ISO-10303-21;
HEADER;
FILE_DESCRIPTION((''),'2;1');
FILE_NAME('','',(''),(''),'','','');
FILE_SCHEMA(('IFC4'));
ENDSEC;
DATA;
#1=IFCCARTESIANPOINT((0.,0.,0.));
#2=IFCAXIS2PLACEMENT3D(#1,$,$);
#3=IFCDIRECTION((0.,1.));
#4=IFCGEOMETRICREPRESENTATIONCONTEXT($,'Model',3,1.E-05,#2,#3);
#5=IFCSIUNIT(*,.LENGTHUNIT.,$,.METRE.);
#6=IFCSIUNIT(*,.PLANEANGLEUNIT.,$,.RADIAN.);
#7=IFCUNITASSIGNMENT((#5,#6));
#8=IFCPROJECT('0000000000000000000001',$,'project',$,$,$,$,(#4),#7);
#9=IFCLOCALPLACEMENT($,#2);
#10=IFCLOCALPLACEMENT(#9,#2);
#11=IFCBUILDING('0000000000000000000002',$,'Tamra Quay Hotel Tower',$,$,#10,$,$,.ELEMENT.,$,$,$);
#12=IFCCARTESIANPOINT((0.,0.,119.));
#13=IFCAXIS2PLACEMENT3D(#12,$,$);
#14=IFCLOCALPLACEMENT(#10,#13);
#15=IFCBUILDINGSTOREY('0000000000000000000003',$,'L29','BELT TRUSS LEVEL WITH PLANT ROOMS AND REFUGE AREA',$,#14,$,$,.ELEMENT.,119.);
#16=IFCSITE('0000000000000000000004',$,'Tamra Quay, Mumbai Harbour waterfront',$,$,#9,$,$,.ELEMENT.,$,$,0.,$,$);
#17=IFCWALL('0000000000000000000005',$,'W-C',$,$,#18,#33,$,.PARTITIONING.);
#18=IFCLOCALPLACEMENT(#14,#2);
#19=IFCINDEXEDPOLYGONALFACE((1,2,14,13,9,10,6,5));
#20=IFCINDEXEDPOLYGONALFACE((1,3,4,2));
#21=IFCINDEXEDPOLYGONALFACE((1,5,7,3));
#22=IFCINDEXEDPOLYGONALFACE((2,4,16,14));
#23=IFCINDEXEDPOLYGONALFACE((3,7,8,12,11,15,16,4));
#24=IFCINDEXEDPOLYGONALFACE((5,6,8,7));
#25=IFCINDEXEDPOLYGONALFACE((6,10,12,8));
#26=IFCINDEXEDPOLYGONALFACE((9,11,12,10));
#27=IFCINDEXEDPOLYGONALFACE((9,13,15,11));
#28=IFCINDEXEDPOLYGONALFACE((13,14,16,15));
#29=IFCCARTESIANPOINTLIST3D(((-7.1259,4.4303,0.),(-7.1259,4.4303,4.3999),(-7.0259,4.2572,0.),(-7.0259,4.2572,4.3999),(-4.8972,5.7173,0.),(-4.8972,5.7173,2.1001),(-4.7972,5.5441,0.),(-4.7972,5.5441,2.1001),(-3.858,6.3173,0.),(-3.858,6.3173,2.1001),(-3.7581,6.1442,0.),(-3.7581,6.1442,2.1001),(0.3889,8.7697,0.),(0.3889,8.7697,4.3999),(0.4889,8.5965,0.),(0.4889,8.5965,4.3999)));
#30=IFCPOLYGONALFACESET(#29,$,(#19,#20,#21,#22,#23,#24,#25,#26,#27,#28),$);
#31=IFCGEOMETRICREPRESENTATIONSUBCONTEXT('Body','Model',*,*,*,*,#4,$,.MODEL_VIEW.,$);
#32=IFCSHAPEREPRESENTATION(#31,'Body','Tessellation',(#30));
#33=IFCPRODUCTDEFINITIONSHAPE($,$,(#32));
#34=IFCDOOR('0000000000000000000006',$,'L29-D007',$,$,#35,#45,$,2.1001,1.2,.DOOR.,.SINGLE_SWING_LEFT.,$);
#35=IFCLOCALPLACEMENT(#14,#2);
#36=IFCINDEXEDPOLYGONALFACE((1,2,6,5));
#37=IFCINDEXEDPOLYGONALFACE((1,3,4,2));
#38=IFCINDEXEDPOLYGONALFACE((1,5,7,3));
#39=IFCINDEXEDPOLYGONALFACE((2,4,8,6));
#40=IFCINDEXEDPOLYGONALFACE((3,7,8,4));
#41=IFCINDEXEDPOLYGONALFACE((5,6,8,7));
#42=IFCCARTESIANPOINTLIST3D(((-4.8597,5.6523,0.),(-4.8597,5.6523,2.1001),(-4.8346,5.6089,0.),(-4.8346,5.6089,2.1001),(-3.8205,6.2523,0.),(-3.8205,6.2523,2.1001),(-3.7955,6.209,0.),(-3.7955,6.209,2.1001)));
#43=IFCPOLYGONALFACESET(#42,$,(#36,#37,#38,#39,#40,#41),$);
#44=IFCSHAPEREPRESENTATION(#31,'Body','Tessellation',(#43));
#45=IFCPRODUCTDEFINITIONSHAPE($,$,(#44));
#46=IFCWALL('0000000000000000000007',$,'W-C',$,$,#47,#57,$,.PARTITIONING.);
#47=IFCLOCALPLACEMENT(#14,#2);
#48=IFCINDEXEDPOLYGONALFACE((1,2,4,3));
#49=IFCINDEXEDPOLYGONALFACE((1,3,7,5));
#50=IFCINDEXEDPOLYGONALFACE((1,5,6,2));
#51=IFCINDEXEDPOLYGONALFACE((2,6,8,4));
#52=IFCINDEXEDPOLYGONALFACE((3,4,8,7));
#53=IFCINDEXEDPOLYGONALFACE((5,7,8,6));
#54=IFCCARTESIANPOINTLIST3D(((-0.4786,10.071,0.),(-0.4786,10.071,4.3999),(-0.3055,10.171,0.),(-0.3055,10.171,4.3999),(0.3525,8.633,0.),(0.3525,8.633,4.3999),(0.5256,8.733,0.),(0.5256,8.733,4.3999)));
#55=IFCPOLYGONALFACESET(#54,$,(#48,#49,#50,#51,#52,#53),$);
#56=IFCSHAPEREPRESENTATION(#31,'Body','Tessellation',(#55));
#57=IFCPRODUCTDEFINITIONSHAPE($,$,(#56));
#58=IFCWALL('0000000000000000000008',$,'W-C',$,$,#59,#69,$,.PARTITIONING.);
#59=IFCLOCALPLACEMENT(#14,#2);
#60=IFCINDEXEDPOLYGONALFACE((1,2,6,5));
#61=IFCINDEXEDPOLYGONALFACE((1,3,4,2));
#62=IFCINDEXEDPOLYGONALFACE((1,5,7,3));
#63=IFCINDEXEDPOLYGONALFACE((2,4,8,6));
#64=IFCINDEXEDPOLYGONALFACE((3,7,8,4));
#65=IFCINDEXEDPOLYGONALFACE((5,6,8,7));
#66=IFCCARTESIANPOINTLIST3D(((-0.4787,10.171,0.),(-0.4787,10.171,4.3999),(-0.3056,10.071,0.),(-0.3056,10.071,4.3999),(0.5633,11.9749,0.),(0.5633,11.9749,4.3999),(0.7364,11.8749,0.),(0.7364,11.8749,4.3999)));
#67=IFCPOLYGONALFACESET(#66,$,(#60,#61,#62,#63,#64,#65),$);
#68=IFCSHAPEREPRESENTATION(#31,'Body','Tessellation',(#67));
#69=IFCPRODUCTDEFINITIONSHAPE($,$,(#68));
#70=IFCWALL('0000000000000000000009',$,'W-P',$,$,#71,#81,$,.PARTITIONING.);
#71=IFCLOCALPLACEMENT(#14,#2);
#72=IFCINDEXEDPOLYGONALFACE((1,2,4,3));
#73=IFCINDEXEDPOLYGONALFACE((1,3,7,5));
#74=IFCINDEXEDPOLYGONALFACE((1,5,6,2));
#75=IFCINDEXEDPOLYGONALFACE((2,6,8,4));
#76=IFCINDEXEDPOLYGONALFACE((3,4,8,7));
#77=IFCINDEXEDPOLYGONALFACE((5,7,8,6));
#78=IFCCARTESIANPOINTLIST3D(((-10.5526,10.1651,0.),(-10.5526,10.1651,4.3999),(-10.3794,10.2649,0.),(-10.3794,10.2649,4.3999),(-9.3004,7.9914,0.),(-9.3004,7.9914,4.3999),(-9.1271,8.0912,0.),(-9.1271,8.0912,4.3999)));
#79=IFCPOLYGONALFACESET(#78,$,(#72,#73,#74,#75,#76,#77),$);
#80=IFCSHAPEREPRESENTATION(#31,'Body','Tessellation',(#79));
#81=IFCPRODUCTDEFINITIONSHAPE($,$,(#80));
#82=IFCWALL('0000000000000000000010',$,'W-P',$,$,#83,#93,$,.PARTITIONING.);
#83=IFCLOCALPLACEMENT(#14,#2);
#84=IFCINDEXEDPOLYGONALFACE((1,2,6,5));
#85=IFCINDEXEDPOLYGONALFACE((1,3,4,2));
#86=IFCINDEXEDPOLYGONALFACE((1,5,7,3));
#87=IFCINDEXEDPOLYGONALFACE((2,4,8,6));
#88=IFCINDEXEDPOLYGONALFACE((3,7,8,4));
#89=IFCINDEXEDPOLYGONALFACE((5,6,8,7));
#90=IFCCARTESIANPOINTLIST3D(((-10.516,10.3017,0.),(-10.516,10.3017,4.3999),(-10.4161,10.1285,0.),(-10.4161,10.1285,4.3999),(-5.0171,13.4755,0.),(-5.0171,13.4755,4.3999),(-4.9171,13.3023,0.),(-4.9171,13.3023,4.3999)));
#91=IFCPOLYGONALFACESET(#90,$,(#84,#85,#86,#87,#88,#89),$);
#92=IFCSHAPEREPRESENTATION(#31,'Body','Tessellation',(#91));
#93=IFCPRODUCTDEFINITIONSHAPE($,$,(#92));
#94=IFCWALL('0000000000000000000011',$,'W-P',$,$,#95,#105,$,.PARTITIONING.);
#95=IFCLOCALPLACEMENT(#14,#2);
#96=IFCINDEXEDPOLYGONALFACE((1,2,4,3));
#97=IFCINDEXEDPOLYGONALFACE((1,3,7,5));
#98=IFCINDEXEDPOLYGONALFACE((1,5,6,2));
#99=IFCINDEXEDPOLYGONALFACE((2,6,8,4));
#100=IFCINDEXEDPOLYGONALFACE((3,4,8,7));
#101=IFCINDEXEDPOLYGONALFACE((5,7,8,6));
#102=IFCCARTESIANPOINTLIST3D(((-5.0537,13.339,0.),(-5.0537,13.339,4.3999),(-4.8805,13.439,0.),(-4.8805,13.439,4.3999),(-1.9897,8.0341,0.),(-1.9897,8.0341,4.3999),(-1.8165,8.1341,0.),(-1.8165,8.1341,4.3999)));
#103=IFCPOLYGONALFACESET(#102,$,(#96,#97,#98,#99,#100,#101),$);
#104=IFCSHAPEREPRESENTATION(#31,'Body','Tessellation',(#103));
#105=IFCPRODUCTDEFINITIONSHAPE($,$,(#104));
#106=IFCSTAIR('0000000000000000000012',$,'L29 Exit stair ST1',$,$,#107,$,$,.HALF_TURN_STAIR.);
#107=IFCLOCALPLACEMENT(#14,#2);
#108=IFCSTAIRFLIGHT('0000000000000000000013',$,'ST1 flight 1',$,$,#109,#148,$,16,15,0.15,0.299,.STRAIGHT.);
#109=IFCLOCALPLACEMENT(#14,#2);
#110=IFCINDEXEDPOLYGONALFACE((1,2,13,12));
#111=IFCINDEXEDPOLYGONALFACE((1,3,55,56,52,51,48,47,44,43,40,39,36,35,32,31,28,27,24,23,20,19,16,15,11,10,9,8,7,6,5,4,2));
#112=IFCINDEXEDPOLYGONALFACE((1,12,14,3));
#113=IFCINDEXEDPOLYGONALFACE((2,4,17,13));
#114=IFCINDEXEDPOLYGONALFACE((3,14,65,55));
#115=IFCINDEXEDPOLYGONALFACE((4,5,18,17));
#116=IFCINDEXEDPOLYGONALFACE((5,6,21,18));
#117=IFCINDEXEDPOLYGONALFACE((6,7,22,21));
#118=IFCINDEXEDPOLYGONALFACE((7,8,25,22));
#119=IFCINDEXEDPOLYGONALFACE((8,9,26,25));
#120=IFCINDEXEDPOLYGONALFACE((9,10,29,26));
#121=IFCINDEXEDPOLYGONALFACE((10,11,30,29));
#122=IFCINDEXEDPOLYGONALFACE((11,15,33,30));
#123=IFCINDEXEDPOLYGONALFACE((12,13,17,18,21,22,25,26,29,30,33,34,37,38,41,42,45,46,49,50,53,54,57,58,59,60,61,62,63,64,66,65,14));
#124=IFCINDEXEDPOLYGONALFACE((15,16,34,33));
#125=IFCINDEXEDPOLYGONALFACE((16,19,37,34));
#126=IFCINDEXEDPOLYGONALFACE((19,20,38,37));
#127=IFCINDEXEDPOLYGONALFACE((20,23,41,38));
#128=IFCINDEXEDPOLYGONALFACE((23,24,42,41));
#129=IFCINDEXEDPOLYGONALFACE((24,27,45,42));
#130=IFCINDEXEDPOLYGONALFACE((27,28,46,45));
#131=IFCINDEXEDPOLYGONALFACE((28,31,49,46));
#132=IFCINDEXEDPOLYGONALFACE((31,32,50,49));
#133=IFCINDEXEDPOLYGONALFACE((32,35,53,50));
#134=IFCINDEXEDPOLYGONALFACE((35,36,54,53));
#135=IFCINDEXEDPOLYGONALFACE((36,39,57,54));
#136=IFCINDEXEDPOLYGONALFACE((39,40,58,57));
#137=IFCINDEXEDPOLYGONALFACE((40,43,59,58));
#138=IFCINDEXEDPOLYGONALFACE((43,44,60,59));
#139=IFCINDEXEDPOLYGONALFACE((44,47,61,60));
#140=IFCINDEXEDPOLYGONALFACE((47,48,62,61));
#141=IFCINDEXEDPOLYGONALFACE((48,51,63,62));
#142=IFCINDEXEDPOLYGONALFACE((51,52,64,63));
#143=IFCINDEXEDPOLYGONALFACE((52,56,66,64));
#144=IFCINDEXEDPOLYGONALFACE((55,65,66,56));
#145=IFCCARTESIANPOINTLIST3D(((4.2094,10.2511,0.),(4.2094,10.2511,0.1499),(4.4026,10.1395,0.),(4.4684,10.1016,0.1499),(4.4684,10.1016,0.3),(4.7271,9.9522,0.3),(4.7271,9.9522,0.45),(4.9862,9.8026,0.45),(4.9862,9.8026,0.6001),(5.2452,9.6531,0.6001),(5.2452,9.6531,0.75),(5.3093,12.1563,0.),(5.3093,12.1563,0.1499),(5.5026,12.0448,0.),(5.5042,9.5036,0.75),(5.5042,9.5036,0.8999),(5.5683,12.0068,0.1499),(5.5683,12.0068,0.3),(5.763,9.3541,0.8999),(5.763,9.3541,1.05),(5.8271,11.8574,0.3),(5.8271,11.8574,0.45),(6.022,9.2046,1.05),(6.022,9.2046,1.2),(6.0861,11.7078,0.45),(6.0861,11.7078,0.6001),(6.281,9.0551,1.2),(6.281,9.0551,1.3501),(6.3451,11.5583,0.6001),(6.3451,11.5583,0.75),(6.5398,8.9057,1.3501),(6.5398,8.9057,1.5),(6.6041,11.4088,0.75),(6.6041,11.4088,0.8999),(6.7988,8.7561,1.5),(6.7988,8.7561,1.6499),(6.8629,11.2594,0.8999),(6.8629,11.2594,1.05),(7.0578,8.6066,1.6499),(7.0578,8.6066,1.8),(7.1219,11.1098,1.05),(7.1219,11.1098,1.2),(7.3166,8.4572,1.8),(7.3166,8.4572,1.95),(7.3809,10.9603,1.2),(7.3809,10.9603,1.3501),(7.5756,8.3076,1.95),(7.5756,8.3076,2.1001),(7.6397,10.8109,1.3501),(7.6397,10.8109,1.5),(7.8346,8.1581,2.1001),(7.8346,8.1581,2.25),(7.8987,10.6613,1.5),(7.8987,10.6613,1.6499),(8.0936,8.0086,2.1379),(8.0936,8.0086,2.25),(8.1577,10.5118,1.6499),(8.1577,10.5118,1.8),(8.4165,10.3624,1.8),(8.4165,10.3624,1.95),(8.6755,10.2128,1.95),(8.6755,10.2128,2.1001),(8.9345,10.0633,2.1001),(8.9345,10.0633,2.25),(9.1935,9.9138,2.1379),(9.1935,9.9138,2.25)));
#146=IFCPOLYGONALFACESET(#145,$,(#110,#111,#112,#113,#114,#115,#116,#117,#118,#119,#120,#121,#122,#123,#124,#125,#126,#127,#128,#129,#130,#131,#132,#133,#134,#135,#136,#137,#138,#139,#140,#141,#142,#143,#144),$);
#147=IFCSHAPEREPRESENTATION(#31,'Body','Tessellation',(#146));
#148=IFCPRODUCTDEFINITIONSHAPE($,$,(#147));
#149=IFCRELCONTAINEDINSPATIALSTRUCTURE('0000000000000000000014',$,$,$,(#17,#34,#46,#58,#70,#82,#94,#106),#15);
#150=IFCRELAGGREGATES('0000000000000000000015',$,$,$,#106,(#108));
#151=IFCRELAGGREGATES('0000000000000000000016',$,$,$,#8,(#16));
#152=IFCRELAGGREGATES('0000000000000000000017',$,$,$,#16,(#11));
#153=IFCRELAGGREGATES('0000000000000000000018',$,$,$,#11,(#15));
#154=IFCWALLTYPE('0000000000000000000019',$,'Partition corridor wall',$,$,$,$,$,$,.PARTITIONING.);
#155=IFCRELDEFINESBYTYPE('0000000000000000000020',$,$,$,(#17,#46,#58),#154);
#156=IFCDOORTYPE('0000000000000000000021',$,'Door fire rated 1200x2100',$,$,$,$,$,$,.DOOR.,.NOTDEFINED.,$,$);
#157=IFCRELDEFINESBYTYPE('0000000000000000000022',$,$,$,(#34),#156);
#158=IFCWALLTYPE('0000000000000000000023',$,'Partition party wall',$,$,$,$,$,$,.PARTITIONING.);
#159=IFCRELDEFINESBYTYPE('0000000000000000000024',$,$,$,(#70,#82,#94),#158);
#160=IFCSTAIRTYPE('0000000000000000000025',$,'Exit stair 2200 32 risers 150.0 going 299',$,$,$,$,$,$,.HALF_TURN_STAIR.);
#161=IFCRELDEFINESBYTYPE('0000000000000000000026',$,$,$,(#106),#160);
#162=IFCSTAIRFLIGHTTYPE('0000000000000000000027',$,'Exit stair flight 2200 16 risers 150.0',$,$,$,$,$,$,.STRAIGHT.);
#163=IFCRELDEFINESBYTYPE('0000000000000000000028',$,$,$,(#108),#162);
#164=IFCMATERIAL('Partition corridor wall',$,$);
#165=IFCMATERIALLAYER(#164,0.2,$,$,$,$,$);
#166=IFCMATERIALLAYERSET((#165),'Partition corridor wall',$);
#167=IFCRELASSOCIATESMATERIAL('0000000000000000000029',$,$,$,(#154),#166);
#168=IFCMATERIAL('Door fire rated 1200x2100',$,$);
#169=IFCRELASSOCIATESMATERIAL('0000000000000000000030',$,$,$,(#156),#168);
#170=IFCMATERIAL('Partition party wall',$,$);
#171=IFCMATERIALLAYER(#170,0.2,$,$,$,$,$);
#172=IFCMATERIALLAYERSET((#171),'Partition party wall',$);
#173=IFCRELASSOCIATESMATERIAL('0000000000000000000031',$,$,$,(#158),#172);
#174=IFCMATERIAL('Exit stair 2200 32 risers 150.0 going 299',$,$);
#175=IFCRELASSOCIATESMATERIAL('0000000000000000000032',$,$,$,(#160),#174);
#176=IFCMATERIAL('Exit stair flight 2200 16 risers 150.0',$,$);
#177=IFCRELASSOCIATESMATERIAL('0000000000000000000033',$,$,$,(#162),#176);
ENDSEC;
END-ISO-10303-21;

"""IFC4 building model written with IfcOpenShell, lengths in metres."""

from ifc_helpers import new_model, si_unit, direction, frame, frame_2d, origin, place, context, subcontext, project, spatial, polyline, rectangle, outline, extrude, material, layer, layer_set, type_object, element, fill, aggregate, save


model = new_model("IFC4")

# Units and contexts
model_context = context("Model", 3, precision=1e-05, world=origin(), true_north=direction((0.0, 1.0)))
body_context = subcontext(model_context, "Body", "Model", "MODEL_VIEW")
ifc_project = project(units=[si_unit("LENGTHUNIT", "METRE"), si_unit("PLANEANGLEUNIT", "RADIAN")], contexts=[model_context])

# Site, building, storey
site_placement = place(None, origin())
site = spatial("IfcSite", under=ifc_project, at=site_placement, Name="Tamra Quay, Mumbai Harbour waterfront", CompositionType="ELEMENT", RefElevation=0.0)
building_placement = place(site_placement, origin())
building = spatial("IfcBuilding", under=site, at=building_placement, Name="Tamra Quay Hotel Tower", CompositionType="ELEMENT")
storey_placement = place(building_placement, frame((0.0, 0.0, 119.0)))
storey = spatial("IfcBuildingStorey", under=building, at=storey_placement, Name="L29", Description="BELT TRUSS LEVEL WITH PLANT ROOMS AND REFUGE AREA", CompositionType="ELEMENT", Elevation=119.0)

# Shared definitions
ifc_material_1 = material(Name="Partition corridor wall")
ifc_layer_1 = layer(ifc_material_1, 0.2)
ifc_layer_set_1 = layer_set([ifc_layer_1], Name="Partition corridor wall")
wall_type_1 = type_object("IfcWallType", Name="Partition corridor wall", PredefinedType="PARTITIONING", material=ifc_layer_set_1)

# Wall, opening, door
wall_1_placement = place(storey_placement, frame((-7.0759, 4.3438, 0.0), z_axis=(0.0, 0.0, 1.0), x_axis=(0.865994, 0.500054, 0.0)))
wall_1 = element("IfcWall", 1, at=wall_1_placement, inside=storey, type_object=wall_type_1, Name="W-C", PredefinedType="PARTITIONING", context=body_context, shape_type="SweptSolid", body=[
    extrude(rectangle(XDim=8.6777, YDim=0.2, at=frame_2d((4.3389, 0.0))), origin(), (0.0, 0.0, 1.0), 4.3999),
])
opening_1_placement = place(wall_1_placement, frame((2.5735, 0.0, 0.0)))
opening_1 = element("IfcOpeningElement", 2, at=opening_1_placement, cuts=wall_1, PredefinedType="OPENING", context=body_context, shape_type="SweptSolid", body=[
    extrude(rectangle(XDim=1.2, YDim=2.1001, at=frame_2d((0.6001, 1.05))), frame((0.0, 0.1099, 0.0), z_axis=(0.0, -1.0, 0.0), x_axis=(1.0, 0.0, 0.0)), (0.0, 0.0, 1.0), 0.22),
])
ifc_material_2 = material(Name="Door fire rated 1200x2100")
door_type_1 = type_object("IfcDoorType", Name="Door fire rated 1200x2100", OperationType="NOTDEFINED", PredefinedType="DOOR", material=ifc_material_2)
door_1_placement = place(opening_1_placement, origin())
door_1 = element("IfcDoor", 3, at=door_1_placement, inside=storey, type_object=door_type_1, Name="L29-D007", OperationType="SINGLE_SWING_LEFT", OverallHeight=2.1001, OverallWidth=1.2, PredefinedType="DOOR", context=body_context, shape_type="SweptSolid", body=[
    extrude(rectangle(XDim=1.2, YDim=2.1001, at=frame_2d((0.6001, 1.05))), frame((0.0, 0.0249, 0.0), z_axis=(0.0, -1.0, 0.0), x_axis=(1.0, 0.0, 0.0)), (0.0, 0.0, 1.0), 0.05),
])
fill(opening_1, door_1)

# Walls
wall_2_placement = place(storey_placement, frame((-0.3921, 10.1211, 0.0), z_axis=(0.0, 0.0, 1.0), x_axis=(0.500376, -0.865808, 0.0)))
element("IfcWall", 4, at=wall_2_placement, inside=storey, type_object=wall_type_1, Name="W-C", PredefinedType="PARTITIONING", context=body_context, shape_type="SweptSolid", body=[
    extrude(rectangle(XDim=1.6609, YDim=0.2, at=frame_2d((0.8306, 0.0))), origin(), (0.0, 0.0, 1.0), 4.3999),
])
wall_3_placement = place(storey_placement, frame((-0.3921, 10.1211, 0.0), z_axis=(0.0, 0.0, 1.0), x_axis=(0.500172, 0.865926, 0.0)))
element("IfcWall", 5, at=wall_3_placement, inside=storey, type_object=wall_type_1, Name="W-C", PredefinedType="PARTITIONING", context=body_context, shape_type="SweptSolid", body=[
    extrude(rectangle(XDim=2.0833, YDim=0.2, at=frame_2d((1.0415, 0.0))), origin(), (0.0, 0.0, 1.0), 4.3999),
])
ifc_material_3 = material(Name="Partition party wall")
ifc_layer_2 = layer(ifc_material_3, 0.2)
ifc_layer_set_2 = layer_set([ifc_layer_2], Name="Partition party wall")
wall_type_2 = type_object("IfcWallType", Name="Partition party wall", PredefinedType="PARTITIONING", material=ifc_layer_set_2)
wall_4_placement = place(storey_placement, frame((-10.4661, 10.2151, 0.0), z_axis=(0.0, 0.0, 1.0), x_axis=(0.499186, -0.866495, 0.0)))
element("IfcWall", 6, at=wall_4_placement, inside=storey, type_object=wall_type_2, Name="W-P", PredefinedType="PARTITIONING", context=body_context, shape_type="SweptSolid", body=[
    extrude(rectangle(XDim=2.5085, YDim=0.2, at=frame_2d((1.2544, 0.0))), origin(), (0.0, 0.0, 1.0), 4.3999),
])
wall_5_placement = place(storey_placement, frame((-10.4661, 10.2151, 0.0), z_axis=(0.0, 0.0, 1.0), x_axis=(0.866096, 0.499878, 0.0)))
element("IfcWall", 7, at=wall_5_placement, inside=storey, type_object=wall_type_2, Name="W-P", PredefinedType="PARTITIONING", context=body_context, shape_type="SweptSolid", body=[
    extrude(rectangle(XDim=6.3491, YDim=0.2, at=frame_2d((3.1746, 0.0))), origin(), (0.0, 0.0, 1.0), 4.3999),
])
wall_6_placement = place(storey_placement, frame((-4.967, 13.3889, 0.0), z_axis=(0.0, 0.0, 1.0), x_axis=(0.500142, -0.865943, 0.0)))
element("IfcWall", 8, at=wall_6_placement, inside=storey, type_object=wall_type_2, Name="W-P", PredefinedType="PARTITIONING", context=body_context, shape_type="SweptSolid", body=[
    extrude(rectangle(XDim=6.1262, YDim=0.2, at=frame_2d((3.063, 0.0))), origin(), (0.0, 0.0, 1.0), 4.3999),
])

# Stair, stair flight
ifc_material_4 = material(Name="Exit stair 2200 32 risers 150.0 going 299")
stair_type = type_object("IfcStairType", Name="Exit stair 2200 32 risers 150.0 going 299", PredefinedType="HALF_TURN_STAIR", material=ifc_material_4)
stair_placement = place(storey_placement, origin())
stair = element("IfcStair", 9, at=stair_placement, inside=storey, type_object=stair_type, Name="L29 Exit stair ST1", PredefinedType="HALF_TURN_STAIR")
ifc_material_5 = material(Name="Exit stair flight 2200 16 risers 150.0")
stair_flight_type = type_object("IfcStairFlightType", Name="Exit stair flight 2200 16 risers 150.0", PredefinedType="STRAIGHT", material=ifc_material_5)
stair_flight_placement = place(storey_placement, frame((4.7593, 11.2036, 0.0), z_axis=(0.0, 0.0, 1.0), x_axis=(0.866025, -0.5, 0.0)))
stair_flight = element("IfcStairFlight", 10, at=stair_flight_placement, type_object=stair_flight_type, Name="ST1 flight 1", NumberOfRisers=16, NumberOfTreads=15, PredefinedType="STRAIGHT", RiserHeight=0.15, TreadLength=0.299, context=body_context, shape_type="SweptSolid", body=[
    extrude(outline(polyline([(0.0, 0.0), (0.0, 0.1499), (0.2991, 0.1499), (0.2991, 0.3), (0.5979, 0.3), (0.5979, 0.45), (0.897, 0.45), (0.897, 0.6001), (1.196, 0.6001), (1.196, 0.75), (1.4951, 0.75), (1.4951, 0.8999), (1.7939, 0.8999), (1.7939, 1.05), (2.093, 1.05), (2.093, 1.2), (2.3921, 1.2), (2.3921, 1.3501), (2.6909, 1.3501), (2.6909, 1.5), (2.99, 1.5), (2.99, 1.6499), (3.2891, 1.6499), (3.2891, 1.8), (3.5879, 1.8), (3.5879, 1.95), (3.887, 1.95), (3.887, 2.1001), (4.186, 2.1001), (4.186, 2.25), (4.4851, 2.25), (4.4851, 2.3999), (4.4851, 2.1379), (0.2231, 0.0), (0.0, 0.0)])), frame((0.0, 1.1001, 0.0), z_axis=(0.0, -1.0, 0.0), x_axis=(1.0, 0.0, 0.0)), (0.0, 0.0, 1.0), 2.2),
])
aggregate(stair, [stair_flight])

save(model, "model.ifc")
